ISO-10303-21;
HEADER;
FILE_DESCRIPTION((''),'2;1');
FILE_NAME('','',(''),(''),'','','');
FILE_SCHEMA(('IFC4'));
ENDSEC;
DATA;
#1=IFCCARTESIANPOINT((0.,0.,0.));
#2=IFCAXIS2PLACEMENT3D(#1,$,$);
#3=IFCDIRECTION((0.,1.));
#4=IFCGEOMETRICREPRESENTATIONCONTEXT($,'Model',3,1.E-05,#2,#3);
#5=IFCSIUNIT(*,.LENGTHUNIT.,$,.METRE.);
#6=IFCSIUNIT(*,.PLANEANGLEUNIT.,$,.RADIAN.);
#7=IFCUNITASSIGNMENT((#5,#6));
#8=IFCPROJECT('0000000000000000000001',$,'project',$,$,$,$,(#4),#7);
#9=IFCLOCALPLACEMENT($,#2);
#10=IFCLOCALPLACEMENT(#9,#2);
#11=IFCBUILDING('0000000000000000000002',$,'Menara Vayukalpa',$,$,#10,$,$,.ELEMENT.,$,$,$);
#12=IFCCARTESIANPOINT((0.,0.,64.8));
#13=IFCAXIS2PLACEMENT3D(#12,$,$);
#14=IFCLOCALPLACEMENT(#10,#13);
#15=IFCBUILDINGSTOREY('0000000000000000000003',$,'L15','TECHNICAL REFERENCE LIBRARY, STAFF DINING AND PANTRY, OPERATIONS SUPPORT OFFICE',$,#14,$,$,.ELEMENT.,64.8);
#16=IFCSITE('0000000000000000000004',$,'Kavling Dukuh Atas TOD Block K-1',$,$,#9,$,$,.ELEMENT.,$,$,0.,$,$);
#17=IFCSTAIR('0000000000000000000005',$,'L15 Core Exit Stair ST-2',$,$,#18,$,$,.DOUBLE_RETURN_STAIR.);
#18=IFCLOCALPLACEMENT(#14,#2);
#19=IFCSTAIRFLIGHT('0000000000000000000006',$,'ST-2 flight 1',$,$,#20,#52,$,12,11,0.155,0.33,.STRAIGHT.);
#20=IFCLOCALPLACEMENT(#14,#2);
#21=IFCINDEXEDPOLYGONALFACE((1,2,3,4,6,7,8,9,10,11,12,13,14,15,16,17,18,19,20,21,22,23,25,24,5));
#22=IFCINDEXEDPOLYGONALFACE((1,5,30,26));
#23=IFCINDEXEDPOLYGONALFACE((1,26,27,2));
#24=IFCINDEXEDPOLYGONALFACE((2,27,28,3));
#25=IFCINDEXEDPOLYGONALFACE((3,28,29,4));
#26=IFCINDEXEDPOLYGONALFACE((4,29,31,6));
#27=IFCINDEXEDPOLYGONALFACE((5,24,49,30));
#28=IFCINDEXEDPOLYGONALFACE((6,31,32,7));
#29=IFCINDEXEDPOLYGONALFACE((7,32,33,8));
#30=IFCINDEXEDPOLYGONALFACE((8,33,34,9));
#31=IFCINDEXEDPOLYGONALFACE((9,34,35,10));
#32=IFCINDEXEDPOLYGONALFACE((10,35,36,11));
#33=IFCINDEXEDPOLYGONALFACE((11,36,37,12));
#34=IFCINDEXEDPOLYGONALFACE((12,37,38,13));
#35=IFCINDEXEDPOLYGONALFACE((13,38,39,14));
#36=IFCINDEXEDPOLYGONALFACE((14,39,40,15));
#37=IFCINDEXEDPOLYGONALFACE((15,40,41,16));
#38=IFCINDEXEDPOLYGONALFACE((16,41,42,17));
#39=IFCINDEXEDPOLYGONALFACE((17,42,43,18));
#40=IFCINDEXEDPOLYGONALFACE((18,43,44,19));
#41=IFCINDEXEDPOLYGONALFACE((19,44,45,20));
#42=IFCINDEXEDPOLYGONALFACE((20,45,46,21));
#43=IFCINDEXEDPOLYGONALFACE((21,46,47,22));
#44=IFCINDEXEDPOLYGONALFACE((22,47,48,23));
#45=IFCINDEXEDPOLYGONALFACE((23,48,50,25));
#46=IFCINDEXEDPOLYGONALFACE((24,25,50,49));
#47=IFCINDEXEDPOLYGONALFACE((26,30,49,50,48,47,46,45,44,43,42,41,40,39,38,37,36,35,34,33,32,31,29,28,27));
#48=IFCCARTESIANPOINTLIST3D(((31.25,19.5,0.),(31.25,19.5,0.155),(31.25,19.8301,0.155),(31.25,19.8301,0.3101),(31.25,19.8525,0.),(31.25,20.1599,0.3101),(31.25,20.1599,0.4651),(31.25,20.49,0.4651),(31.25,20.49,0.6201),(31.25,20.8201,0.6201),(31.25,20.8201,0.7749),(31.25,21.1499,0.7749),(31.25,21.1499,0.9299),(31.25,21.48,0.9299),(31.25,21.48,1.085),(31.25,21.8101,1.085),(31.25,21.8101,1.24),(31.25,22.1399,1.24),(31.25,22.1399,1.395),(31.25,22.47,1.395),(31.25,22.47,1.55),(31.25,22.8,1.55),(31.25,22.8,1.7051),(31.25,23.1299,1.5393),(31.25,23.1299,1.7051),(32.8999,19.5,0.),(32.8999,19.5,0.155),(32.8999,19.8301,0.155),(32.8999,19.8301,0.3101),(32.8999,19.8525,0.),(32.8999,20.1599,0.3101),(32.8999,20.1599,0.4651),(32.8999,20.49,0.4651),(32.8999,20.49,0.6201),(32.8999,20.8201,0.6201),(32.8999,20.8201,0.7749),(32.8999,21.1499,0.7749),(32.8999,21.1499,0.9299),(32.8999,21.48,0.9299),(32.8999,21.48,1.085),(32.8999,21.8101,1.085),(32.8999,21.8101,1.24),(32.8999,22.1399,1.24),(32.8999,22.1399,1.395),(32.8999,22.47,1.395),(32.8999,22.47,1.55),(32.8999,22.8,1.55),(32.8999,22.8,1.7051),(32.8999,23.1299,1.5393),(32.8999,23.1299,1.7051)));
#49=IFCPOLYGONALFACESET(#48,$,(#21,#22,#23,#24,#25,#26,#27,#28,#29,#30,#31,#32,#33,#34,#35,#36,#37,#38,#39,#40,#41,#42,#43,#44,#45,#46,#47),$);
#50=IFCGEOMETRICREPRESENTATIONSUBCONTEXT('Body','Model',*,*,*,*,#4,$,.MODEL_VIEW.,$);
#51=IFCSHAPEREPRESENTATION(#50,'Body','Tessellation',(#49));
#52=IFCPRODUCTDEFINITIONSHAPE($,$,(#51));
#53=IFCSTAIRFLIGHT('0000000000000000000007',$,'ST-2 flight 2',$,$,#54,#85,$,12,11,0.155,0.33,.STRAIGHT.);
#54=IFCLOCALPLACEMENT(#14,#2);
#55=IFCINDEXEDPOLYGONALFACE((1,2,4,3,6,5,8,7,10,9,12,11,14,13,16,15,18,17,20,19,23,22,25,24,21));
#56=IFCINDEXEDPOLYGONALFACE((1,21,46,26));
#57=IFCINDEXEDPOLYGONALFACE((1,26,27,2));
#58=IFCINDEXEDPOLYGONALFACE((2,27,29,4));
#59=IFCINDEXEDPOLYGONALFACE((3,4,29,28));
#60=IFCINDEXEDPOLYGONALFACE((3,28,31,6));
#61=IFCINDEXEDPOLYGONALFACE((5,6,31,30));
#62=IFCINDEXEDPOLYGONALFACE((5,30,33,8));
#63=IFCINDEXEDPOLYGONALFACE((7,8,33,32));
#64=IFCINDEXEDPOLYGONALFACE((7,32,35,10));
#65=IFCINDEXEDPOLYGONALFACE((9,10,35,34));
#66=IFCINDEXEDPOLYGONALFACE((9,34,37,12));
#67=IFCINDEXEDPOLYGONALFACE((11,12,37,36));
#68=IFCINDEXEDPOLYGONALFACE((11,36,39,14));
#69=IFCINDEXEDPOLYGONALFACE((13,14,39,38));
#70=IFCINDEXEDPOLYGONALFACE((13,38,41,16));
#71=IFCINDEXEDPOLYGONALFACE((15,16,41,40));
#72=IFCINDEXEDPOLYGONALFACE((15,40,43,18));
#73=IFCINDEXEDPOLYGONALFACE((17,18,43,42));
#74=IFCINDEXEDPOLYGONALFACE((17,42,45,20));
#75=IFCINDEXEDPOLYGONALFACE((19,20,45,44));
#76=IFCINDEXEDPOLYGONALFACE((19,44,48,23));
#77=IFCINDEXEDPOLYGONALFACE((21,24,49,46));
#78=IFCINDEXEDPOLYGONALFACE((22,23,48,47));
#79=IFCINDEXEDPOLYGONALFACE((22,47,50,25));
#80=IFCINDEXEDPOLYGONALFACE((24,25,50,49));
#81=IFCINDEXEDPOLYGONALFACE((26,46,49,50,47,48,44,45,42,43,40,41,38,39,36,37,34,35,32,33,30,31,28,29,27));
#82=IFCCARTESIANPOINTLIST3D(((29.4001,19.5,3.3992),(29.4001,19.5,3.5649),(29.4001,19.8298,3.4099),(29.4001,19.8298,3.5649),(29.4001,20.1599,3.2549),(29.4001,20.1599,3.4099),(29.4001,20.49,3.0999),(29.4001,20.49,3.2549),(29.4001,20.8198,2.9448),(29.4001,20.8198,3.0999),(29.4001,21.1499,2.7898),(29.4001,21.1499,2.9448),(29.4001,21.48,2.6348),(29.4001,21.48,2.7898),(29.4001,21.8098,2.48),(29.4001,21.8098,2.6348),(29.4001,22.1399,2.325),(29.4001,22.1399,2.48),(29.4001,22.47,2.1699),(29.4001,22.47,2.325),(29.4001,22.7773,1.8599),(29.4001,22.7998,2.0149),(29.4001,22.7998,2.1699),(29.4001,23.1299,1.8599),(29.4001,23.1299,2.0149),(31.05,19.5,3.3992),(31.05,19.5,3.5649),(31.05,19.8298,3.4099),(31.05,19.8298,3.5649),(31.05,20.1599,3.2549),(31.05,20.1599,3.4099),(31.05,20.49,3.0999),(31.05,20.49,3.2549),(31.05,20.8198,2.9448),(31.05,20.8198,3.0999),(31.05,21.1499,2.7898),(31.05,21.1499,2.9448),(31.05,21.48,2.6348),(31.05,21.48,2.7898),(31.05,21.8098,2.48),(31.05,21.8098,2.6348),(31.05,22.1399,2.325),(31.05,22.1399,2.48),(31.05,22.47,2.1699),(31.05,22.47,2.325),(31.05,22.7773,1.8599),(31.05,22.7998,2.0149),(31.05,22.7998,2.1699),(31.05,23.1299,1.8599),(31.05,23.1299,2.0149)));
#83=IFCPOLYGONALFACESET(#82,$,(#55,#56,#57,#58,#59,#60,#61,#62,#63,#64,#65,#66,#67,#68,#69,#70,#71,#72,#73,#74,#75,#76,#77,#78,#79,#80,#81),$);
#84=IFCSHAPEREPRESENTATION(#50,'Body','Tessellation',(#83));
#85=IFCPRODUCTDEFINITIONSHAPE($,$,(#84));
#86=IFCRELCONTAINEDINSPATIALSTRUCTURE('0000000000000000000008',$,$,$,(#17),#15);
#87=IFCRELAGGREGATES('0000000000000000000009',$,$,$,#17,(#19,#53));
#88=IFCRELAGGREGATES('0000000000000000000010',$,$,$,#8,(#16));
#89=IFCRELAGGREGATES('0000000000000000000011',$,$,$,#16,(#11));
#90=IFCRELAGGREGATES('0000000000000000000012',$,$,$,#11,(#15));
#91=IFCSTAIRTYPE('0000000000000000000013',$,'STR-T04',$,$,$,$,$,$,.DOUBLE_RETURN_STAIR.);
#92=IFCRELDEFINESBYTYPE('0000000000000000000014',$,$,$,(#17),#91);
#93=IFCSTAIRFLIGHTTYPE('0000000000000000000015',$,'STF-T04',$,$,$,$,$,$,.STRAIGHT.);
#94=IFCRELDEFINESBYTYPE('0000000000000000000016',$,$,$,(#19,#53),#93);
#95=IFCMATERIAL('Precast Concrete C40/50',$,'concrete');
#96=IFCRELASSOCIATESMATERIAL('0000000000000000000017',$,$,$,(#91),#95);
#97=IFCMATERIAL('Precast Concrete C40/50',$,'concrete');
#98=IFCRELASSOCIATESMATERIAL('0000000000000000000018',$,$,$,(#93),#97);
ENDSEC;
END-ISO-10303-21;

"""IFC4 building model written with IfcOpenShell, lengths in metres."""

from ifc_helpers import new_model, si_unit, direction, frame, origin, place, context, subcontext, project, spatial, polyline, outline, extrude, material, type_object, element, aggregate, save


model = new_model("IFC4")

# Units and contexts
model_context = context("Model", 3, precision=1e-05, world=origin(), true_north=direction((0.0, 1.0)))
body_context = subcontext(model_context, "Body", "Model", "MODEL_VIEW")
ifc_project = project(units=[si_unit("LENGTHUNIT", "METRE"), si_unit("PLANEANGLEUNIT", "RADIAN")], contexts=[model_context])

# Site, building, storey
site_placement = place(None, origin())
site = spatial("IfcSite", under=ifc_project, at=site_placement, Name="Kavling Dukuh Atas TOD Block K-1", CompositionType="ELEMENT", RefElevation=0.0)
building_placement = place(site_placement, origin())
building = spatial("IfcBuilding", under=site, at=building_placement, Name="Menara Vayukalpa", CompositionType="ELEMENT")
storey_placement = place(building_placement, frame((0.0, 0.0, 64.8)))
storey = spatial("IfcBuildingStorey", under=building, at=storey_placement, Name="L15", Description="TECHNICAL REFERENCE LIBRARY, STAFF DINING AND PANTRY, OPERATIONS SUPPORT OFFICE", CompositionType="ELEMENT", Elevation=64.8)

# Stair, stair flights
ifc_material_1 = material(Name="Precast Concrete C40/50", Category="concrete")
stair_type = type_object("IfcStairType", Name="STR-T04", PredefinedType="DOUBLE_RETURN_STAIR", material=ifc_material_1)
stair_placement = place(storey_placement, origin())
stair = element("IfcStair", 1, at=stair_placement, inside=storey, type_object=stair_type, Name="L15 Core Exit Stair ST-2", PredefinedType="DOUBLE_RETURN_STAIR")
ifc_material_2 = material(Name="Precast Concrete C40/50", Category="concrete")
stair_flight_type = type_object("IfcStairFlightType", Name="STF-T04", PredefinedType="STRAIGHT", material=ifc_material_2)
stair_flight_1_placement = place(storey_placement, frame((32.075, 19.5, 0.0), z_axis=(0.0, 0.0, 1.0), x_axis=(0.0, 1.0, 0.0)))
stair_flight_1 = element("IfcStairFlight", 2, at=stair_flight_1_placement, type_object=stair_flight_type, Name="ST-2 flight 1", NumberOfRisers=12, NumberOfTreads=11, PredefinedType="STRAIGHT", RiserHeight=0.155, TreadLength=0.33, context=body_context, shape_type="SweptSolid", body=[
    extrude(outline(polyline([(0.0, 0.0), (0.0, 0.155), (0.3301, 0.155), (0.3301, 0.3101), (0.6599, 0.3101), (0.6599, 0.4651), (0.99, 0.4651), (0.99, 0.6201), (1.3201, 0.6201), (1.3201, 0.7749), (1.6499, 0.7749), (1.6499, 0.9299), (1.98, 0.9299), (1.98, 1.085), (2.3101, 1.085), (2.3101, 1.24), (2.6399, 1.24), (2.6399, 1.395), (2.97, 1.395), (2.97, 1.55), (3.3, 1.55), (3.3, 1.7051), (3.6299, 1.7051), (3.6299, 1.8601), (3.6299, 1.5393), (0.3525, 0.0), (0.0, 0.0)])), frame((0.0, 0.825, 0.0), z_axis=(0.0, -1.0, 0.0), x_axis=(1.0, 0.0, 0.0)), (0.0, 0.0, 1.0), 1.6499),
])
stair_flight_2_placement = place(storey_placement, frame((30.2251, 23.1299, 1.8599), z_axis=(0.0, 0.0, 1.0), x_axis=(0.0, -1.0, 0.0)))
stair_flight_2 = element("IfcStairFlight", 3, at=stair_flight_2_placement, type_object=stair_flight_type, Name="ST-2 flight 2", NumberOfRisers=12, NumberOfTreads=11, PredefinedType="STRAIGHT", RiserHeight=0.155, TreadLength=0.33, context=body_context, shape_type="SweptSolid", body=[
    extrude(outline(polyline([(0.0, 0.0), (0.0, 0.155), (0.3301, 0.155), (0.3301, 0.3101), (0.6599, 0.3101), (0.6599, 0.4651), (0.99, 0.4651), (0.99, 0.6201), (1.3201, 0.6201), (1.3201, 0.7749), (1.6499, 0.7749), (1.6499, 0.9299), (1.98, 0.9299), (1.98, 1.085), (2.3101, 1.085), (2.3101, 1.24), (2.6399, 1.24), (2.6399, 1.395), (2.97, 1.395), (2.97, 1.55), (3.3, 1.55), (3.3, 1.7051), (3.6299, 1.7051), (3.6299, 1.8601), (3.6299, 1.5393), (0.3525, 0.0), (0.0, 0.0)])), frame((0.0, 0.825, 0.0), z_axis=(0.0, -1.0, 0.0), x_axis=(1.0, 0.0, 0.0)), (0.0, 0.0, 1.0), 1.6499),
])
aggregate(stair, [stair_flight_1, stair_flight_2])

save(model, "model.ifc")
